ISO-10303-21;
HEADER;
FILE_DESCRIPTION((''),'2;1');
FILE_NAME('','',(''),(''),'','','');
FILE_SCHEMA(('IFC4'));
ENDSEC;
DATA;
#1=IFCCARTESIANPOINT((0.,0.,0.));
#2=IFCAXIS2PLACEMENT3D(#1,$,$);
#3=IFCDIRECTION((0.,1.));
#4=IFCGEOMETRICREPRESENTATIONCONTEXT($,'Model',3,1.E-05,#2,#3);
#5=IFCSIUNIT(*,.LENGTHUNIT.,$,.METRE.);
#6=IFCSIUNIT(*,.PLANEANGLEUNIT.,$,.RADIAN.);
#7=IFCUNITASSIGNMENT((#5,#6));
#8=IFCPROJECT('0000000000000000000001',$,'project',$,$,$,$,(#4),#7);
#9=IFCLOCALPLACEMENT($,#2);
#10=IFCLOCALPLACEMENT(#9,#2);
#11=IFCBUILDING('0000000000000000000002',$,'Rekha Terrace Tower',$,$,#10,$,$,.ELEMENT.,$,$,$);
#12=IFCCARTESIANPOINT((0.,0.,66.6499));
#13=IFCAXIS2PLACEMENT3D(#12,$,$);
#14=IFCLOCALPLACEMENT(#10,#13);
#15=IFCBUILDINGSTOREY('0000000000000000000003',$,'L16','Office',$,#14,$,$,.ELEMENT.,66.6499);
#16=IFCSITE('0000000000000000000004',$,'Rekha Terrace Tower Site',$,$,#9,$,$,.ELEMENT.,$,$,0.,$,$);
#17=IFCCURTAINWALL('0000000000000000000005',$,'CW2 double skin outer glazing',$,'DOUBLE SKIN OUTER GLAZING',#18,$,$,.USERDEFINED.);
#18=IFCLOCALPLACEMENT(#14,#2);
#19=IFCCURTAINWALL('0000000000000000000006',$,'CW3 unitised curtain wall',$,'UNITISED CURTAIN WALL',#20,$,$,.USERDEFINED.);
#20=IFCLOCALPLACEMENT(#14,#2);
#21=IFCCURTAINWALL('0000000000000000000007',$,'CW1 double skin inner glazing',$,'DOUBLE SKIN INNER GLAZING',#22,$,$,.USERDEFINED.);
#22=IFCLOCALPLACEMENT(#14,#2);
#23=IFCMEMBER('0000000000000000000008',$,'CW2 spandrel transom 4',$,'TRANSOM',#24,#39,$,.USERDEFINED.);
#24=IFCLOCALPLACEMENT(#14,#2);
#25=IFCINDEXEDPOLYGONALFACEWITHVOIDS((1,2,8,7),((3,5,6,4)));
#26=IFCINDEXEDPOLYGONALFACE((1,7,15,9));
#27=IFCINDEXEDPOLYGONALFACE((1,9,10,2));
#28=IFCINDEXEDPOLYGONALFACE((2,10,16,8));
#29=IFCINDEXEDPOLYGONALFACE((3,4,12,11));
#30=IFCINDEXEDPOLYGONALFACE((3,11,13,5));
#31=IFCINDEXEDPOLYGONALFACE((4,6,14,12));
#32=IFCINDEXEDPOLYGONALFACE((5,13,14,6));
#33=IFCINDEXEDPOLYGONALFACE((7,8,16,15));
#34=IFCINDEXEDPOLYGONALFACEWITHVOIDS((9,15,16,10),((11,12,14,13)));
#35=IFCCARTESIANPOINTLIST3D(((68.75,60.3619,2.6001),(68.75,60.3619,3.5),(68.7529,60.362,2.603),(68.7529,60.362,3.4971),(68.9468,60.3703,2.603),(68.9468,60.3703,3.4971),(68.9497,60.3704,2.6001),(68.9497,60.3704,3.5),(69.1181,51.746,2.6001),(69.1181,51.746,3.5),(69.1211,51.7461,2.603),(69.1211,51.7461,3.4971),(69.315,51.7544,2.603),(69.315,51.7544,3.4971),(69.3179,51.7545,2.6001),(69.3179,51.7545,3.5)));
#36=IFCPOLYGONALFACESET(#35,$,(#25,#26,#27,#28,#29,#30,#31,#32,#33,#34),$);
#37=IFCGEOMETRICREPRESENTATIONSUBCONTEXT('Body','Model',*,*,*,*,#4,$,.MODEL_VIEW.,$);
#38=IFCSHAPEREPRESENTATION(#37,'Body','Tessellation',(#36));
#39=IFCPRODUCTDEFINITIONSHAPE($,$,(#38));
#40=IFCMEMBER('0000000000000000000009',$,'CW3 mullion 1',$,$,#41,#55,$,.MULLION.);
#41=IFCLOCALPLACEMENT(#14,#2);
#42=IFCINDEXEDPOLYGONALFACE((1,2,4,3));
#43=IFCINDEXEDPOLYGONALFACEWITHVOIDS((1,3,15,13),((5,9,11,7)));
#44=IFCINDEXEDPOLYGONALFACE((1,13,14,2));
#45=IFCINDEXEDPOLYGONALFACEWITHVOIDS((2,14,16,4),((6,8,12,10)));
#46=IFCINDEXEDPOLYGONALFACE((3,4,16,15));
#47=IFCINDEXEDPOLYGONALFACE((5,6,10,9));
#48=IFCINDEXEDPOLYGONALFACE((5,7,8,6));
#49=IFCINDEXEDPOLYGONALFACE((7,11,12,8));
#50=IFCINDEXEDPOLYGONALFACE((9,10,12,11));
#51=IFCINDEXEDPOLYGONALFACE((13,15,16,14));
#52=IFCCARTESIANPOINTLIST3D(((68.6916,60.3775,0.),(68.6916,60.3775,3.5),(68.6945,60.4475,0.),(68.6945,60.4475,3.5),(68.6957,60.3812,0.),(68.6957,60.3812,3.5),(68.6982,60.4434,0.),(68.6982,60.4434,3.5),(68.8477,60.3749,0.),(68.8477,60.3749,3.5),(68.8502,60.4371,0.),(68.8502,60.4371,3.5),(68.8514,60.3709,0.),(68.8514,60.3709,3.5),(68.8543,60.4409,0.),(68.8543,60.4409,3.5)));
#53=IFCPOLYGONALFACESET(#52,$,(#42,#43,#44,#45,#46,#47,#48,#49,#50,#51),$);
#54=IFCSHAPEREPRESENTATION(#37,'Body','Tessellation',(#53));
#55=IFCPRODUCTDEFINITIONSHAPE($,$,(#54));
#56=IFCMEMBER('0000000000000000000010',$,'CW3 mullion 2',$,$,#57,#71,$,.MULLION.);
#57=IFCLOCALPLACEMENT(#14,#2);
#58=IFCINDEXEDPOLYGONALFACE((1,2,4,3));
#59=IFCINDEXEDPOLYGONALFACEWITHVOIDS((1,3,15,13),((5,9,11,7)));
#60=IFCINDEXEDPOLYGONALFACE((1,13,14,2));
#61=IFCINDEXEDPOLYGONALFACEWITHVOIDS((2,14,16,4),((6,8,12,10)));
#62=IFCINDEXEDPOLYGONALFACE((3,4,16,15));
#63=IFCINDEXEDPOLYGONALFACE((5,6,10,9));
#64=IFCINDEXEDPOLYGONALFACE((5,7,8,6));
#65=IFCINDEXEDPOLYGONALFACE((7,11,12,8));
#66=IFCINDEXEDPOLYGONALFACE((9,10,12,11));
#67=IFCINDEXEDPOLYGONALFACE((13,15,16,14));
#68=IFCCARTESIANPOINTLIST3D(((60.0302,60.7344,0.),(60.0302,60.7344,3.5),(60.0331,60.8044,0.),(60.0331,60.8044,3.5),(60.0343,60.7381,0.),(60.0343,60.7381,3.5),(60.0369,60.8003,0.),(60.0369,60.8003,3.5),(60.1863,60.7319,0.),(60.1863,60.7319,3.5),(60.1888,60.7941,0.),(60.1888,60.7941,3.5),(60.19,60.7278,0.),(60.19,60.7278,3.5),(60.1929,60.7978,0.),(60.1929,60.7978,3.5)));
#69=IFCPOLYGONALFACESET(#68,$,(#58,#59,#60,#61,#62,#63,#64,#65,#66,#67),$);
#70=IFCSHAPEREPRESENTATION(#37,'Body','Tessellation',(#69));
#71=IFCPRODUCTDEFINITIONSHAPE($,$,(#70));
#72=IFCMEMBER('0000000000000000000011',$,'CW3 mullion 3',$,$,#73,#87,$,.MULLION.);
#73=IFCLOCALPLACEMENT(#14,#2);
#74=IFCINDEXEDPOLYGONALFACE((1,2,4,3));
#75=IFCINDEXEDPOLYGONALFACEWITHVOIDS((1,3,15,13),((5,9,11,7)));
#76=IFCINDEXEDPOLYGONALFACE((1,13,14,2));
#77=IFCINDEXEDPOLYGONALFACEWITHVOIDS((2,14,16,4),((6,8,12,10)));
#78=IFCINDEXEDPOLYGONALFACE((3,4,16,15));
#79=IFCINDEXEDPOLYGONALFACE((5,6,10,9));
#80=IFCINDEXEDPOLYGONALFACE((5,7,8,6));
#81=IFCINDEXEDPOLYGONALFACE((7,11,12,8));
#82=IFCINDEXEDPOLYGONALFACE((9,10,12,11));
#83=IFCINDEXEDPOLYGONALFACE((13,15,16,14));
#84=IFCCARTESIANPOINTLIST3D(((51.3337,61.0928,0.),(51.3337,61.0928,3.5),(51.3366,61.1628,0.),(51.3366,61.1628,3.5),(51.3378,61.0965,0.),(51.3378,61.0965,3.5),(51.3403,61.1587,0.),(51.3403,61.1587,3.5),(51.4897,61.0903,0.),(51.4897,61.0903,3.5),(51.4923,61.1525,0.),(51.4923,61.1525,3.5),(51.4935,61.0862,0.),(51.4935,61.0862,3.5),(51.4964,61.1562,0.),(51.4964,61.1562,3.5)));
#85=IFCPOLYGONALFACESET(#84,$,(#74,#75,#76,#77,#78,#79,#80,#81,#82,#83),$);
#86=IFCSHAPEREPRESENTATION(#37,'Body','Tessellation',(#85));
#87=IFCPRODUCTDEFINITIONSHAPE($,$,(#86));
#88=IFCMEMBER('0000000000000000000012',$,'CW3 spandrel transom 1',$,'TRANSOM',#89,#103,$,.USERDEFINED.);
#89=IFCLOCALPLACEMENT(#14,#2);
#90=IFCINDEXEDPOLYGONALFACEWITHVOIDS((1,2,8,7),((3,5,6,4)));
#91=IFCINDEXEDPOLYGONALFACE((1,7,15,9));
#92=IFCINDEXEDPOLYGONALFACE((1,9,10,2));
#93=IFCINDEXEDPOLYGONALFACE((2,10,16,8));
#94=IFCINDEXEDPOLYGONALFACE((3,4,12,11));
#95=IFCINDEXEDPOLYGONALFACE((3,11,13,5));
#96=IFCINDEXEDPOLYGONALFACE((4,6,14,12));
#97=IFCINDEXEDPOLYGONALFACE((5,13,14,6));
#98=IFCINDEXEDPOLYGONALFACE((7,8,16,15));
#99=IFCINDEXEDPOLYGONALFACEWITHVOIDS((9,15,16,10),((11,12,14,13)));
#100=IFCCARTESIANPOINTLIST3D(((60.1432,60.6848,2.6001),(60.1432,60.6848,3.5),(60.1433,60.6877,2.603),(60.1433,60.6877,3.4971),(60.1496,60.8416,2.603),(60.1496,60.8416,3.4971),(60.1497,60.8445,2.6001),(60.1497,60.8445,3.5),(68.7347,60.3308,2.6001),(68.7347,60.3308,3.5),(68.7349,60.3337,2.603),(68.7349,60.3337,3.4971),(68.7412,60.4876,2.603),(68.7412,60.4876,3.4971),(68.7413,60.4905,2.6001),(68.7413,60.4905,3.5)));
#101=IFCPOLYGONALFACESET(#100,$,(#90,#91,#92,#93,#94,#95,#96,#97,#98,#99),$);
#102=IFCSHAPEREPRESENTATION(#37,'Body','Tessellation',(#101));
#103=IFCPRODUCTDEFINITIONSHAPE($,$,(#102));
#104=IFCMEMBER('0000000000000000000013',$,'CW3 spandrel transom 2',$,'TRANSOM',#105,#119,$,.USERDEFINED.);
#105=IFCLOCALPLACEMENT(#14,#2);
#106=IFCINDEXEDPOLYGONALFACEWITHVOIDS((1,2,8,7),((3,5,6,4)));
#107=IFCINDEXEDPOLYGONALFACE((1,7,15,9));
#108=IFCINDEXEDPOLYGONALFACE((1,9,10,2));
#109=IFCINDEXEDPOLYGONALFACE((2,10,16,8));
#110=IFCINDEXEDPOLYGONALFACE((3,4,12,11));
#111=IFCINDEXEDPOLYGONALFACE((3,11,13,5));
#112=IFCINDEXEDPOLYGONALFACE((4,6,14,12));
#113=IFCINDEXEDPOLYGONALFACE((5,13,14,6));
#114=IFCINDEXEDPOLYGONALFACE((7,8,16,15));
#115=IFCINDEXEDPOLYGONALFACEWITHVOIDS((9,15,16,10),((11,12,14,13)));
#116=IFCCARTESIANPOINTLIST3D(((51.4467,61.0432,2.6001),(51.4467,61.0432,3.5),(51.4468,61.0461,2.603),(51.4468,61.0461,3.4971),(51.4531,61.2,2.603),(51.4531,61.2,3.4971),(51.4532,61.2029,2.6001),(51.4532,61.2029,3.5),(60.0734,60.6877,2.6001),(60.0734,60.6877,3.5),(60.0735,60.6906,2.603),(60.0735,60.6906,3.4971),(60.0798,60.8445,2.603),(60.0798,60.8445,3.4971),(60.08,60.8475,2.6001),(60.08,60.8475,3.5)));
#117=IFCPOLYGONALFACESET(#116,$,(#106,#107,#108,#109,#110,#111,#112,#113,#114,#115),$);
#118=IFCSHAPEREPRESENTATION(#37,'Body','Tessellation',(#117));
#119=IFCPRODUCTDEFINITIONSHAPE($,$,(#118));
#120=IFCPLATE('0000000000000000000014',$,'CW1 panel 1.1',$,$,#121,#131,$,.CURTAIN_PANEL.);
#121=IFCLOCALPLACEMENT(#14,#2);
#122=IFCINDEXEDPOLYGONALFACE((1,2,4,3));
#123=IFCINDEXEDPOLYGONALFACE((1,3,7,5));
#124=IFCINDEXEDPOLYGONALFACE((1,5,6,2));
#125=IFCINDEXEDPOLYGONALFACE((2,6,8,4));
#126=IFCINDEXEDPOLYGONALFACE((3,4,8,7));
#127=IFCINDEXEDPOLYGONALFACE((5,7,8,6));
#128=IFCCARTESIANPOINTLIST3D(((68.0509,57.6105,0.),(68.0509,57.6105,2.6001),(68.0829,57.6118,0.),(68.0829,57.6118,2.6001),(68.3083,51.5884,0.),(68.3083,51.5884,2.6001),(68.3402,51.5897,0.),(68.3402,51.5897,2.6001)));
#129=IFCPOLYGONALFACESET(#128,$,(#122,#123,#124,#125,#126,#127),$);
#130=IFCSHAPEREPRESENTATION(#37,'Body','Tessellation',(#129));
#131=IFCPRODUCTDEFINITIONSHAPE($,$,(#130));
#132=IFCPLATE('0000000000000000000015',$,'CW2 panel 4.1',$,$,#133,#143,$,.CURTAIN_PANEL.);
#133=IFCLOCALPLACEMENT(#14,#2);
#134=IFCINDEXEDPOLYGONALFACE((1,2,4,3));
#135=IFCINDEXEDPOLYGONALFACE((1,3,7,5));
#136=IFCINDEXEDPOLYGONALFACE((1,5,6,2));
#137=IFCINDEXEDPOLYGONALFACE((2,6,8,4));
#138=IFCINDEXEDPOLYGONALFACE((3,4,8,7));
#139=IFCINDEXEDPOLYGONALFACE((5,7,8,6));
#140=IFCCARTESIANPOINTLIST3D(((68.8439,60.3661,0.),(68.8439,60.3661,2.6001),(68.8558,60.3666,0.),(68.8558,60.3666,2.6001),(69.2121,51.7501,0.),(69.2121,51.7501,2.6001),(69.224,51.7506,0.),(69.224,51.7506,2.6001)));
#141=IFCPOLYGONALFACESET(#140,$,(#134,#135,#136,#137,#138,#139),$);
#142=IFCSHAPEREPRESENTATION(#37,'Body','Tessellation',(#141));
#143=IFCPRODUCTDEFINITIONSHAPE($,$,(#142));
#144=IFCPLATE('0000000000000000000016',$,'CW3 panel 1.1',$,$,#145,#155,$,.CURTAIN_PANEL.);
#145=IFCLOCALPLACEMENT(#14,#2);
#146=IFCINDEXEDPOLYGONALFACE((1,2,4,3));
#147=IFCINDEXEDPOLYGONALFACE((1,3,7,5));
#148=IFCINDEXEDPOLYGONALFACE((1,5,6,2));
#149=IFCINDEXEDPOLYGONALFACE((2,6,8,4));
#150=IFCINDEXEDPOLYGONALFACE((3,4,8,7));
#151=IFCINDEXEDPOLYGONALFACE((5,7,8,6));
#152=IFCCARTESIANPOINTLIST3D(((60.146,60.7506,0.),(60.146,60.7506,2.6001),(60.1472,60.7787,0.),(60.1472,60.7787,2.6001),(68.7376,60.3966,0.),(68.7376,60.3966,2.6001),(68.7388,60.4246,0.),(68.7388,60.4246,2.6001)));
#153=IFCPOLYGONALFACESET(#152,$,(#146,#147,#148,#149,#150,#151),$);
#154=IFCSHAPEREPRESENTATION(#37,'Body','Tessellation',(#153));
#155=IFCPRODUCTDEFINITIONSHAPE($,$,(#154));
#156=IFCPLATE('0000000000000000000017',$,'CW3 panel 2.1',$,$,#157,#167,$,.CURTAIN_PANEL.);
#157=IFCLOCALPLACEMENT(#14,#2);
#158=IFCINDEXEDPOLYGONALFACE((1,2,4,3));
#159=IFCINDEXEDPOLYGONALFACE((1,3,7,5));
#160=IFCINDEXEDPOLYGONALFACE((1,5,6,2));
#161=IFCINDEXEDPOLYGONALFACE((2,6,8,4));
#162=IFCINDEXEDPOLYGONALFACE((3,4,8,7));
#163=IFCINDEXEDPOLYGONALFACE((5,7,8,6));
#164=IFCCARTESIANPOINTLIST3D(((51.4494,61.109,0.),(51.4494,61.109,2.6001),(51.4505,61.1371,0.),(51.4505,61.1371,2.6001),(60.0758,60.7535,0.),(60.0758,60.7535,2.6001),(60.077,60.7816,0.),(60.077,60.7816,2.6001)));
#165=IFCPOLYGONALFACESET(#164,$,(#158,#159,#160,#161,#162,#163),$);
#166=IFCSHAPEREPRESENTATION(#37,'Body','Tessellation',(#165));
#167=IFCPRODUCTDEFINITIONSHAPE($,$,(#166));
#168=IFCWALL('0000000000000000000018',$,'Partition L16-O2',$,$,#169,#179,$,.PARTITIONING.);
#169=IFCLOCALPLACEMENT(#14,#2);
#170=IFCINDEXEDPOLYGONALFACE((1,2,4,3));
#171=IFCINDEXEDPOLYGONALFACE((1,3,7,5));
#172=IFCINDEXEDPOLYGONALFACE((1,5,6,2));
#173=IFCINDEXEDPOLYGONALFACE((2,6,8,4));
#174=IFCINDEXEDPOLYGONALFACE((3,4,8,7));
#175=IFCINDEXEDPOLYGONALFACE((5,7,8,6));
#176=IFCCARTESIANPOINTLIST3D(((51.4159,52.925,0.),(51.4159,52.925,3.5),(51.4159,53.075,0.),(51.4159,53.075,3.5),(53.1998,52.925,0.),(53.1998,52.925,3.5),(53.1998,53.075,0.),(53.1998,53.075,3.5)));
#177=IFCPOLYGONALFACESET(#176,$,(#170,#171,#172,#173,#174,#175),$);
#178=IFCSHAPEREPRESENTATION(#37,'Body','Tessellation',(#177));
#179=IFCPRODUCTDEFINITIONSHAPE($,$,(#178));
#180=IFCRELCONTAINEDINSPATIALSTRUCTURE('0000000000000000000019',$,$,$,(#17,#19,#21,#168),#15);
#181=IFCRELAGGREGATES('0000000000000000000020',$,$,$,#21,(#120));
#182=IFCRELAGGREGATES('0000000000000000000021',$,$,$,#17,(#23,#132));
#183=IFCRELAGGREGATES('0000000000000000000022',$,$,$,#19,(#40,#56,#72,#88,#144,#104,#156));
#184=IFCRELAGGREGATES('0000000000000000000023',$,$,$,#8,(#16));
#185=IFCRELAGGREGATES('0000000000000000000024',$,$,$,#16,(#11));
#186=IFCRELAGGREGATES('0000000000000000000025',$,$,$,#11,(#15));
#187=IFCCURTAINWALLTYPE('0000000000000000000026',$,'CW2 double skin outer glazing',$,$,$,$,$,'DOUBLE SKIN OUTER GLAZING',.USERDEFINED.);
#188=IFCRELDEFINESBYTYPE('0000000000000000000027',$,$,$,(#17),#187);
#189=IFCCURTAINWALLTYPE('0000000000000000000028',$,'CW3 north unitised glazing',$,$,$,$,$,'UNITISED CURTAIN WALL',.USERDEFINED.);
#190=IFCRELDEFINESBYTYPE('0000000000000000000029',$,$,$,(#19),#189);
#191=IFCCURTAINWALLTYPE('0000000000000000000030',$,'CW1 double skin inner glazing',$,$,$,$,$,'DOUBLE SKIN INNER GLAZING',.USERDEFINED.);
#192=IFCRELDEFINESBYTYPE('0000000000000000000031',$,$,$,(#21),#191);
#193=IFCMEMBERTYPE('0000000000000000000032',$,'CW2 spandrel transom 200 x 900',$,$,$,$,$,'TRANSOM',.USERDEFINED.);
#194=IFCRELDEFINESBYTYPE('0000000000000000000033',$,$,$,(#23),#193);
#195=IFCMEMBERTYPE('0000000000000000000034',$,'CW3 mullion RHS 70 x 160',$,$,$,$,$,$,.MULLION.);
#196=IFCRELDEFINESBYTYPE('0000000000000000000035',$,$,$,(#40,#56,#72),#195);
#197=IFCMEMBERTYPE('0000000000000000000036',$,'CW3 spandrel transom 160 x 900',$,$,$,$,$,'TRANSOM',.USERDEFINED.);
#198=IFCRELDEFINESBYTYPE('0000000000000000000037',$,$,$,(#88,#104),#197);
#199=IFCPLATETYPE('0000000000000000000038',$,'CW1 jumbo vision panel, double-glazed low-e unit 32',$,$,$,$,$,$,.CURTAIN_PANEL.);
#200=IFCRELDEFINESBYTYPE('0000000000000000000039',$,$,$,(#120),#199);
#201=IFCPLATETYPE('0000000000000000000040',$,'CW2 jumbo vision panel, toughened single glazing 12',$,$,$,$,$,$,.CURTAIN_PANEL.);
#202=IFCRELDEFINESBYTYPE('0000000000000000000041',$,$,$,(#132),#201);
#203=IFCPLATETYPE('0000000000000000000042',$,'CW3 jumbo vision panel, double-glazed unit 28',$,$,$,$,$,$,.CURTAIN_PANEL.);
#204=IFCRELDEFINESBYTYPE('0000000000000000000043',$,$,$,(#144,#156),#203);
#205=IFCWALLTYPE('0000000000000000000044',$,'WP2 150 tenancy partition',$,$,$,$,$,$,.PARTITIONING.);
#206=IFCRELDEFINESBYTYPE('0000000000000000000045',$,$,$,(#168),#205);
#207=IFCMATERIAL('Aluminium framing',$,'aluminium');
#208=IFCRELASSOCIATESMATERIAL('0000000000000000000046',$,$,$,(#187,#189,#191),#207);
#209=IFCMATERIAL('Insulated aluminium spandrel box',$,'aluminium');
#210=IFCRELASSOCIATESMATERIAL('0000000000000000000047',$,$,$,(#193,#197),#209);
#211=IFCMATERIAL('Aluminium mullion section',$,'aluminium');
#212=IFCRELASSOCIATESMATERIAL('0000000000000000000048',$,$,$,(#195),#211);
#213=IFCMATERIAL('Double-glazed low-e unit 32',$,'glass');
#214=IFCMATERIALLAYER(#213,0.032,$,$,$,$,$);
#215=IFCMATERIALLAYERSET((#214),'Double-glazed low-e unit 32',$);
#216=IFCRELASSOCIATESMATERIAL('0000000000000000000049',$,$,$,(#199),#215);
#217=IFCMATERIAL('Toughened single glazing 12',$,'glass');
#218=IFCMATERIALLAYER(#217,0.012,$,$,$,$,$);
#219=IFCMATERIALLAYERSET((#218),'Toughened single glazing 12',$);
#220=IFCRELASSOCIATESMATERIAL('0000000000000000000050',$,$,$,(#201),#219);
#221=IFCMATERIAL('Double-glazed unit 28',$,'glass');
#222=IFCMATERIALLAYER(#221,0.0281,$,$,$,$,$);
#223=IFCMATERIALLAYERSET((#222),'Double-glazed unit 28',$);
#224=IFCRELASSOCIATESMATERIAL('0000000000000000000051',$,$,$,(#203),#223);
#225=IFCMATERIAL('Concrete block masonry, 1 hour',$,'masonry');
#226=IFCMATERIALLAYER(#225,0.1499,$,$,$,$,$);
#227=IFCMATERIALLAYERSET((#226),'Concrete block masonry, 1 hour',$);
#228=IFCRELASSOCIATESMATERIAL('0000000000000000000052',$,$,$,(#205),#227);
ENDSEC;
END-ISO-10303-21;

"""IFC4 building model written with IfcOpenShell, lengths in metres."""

from ifc_helpers import new_model, si_unit, direction, frame, frame_2d, origin, origin_2d, place, context, subcontext, project, spatial, rectangle, hollow_rectangle, extrude, material, layer, layer_set, material_profile, profile_set, type_object, element, aggregate, save


model = new_model("IFC4")

# Units and contexts
model_context = context("Model", 3, precision=1e-05, world=origin(), true_north=direction((0.0, 1.0)))
body_context = subcontext(model_context, "Body", "Model", "MODEL_VIEW")
ifc_project = project(units=[si_unit("LENGTHUNIT", "METRE"), si_unit("PLANEANGLEUNIT", "RADIAN")], contexts=[model_context])

# Site, building, storey
site_placement = place(None, origin())
site = spatial("IfcSite", under=ifc_project, at=site_placement, Name="Rekha Terrace Tower Site", CompositionType="ELEMENT", RefElevation=0.0)
building_placement = place(site_placement, origin())
building = spatial("IfcBuilding", under=site, at=building_placement, Name="Rekha Terrace Tower", CompositionType="ELEMENT")
storey_placement = place(building_placement, frame((0.0, 0.0, 66.6499)))
storey = spatial("IfcBuildingStorey", under=building, at=storey_placement, Name="L16", Description="Office", CompositionType="ELEMENT", Elevation=66.6499)

# Curtain wall
ifc_material_1 = material(Name="Aluminium framing", Category="aluminium")
curtain_wall_type_1 = type_object("IfcCurtainWallType", Name="CW2 double skin outer glazing", ElementType="DOUBLE SKIN OUTER GLAZING", PredefinedType="USERDEFINED", material=ifc_material_1)
curtain_wall_1_placement = place(storey_placement, origin())
curtain_wall_1 = element("IfcCurtainWall", 1, at=curtain_wall_1_placement, inside=storey, type_object=curtain_wall_type_1, Name="CW2 double skin outer glazing", ObjectType="DOUBLE SKIN OUTER GLAZING", PredefinedType="USERDEFINED")

# Curtain walls
curtain_wall_type_2 = type_object("IfcCurtainWallType", Name="CW3 north unitised glazing", ElementType="UNITISED CURTAIN WALL", PredefinedType="USERDEFINED", material=ifc_material_1)
curtain_wall_2_placement = place(storey_placement, origin())
curtain_wall_2 = element("IfcCurtainWall", 2, at=curtain_wall_2_placement, inside=storey, type_object=curtain_wall_type_2, Name="CW3 unitised curtain wall", ObjectType="UNITISED CURTAIN WALL", PredefinedType="USERDEFINED")
curtain_wall_type_3 = type_object("IfcCurtainWallType", Name="CW1 double skin inner glazing", ElementType="DOUBLE SKIN INNER GLAZING", PredefinedType="USERDEFINED", material=ifc_material_1)
curtain_wall_3_placement = place(storey_placement, origin())
curtain_wall_3 = element("IfcCurtainWall", 3, at=curtain_wall_3_placement, inside=storey, type_object=curtain_wall_type_3, Name="CW1 double skin inner glazing", ObjectType="DOUBLE SKIN INNER GLAZING", PredefinedType="USERDEFINED")
ifc_material_2 = material(Name="Aluminium mullion section", Category="aluminium")
ifc_material_3 = material(Name="Insulated aluminium spandrel box", Category="aluminium")

# Members
ifc_material_profile_1 = material_profile(ifc_material_3, hollow_rectangle(XDim=0.2, YDim=0.8999, WallThickness=0.0029, at=origin_2d()), Name="AL SPANDREL BOX 200x900")
ifc_profile_set_1 = profile_set([ifc_material_profile_1], Name="Insulated aluminium spandrel box")
member_type_1 = type_object("IfcMemberType", Name="CW2 spandrel transom 200 x 900", ElementType="TRANSOM", PredefinedType="USERDEFINED", material=ifc_profile_set_1)
member_1_placement = place(storey_placement, frame((69.218, 51.7502, 3.05), z_axis=(-0.042691, 0.999088, 0.0), x_axis=(-0.999088, -0.042691, 0.0)))
member_1 = element("IfcMember", 4, at=member_1_placement, type_object=member_type_1, Name="CW2 spandrel transom 4", ObjectType="TRANSOM", PredefinedType="USERDEFINED", context=body_context, shape_type="SweptSolid", body=[
    extrude(hollow_rectangle(XDim=0.2, YDim=0.8999, WallThickness=0.0029, at=origin_2d()), origin(), (0.0, 0.0, 1.0), 8.6238),
])
ifc_material_profile_2 = material_profile(ifc_material_2, hollow_rectangle(XDim=0.0701, YDim=0.1599, WallThickness=0.0039, at=origin_2d()), Name="AL RHS 70x160")
ifc_profile_set_2 = profile_set([ifc_material_profile_2], Name="Aluminium mullion section")
member_type_2 = type_object("IfcMemberType", Name="CW3 mullion RHS 70 x 160", PredefinedType="MULLION", material=ifc_profile_set_2)
member_2_placement = place(storey_placement, frame((68.7729, 60.4092, 0.0), z_axis=(0.0, 0.0, 1.0), x_axis=(-0.041174, -0.999152, 0.0)))
member_2 = element("IfcMember", 5, at=member_2_placement, type_object=member_type_2, Name="CW3 mullion 1", PredefinedType="MULLION", context=body_context, shape_type="SweptSolid", body=[
    extrude(hollow_rectangle(XDim=0.0701, YDim=0.1599, WallThickness=0.0039, at=origin_2d()), origin(), (0.0, 0.0, 1.0), 3.5),
])
member_3_placement = place(storey_placement, frame((60.1116, 60.7661, 0.0), z_axis=(0.0, 0.0, 1.0), x_axis=(-0.041174, -0.999152, 0.0)))
member_3 = element("IfcMember", 6, at=member_3_placement, type_object=member_type_2, Name="CW3 mullion 2", PredefinedType="MULLION", context=body_context, shape_type="SweptSolid", body=[
    extrude(hollow_rectangle(XDim=0.0701, YDim=0.1599, WallThickness=0.0039, at=origin_2d()), origin(), (0.0, 0.0, 1.0), 3.5),
])
member_4_placement = place(storey_placement, frame((51.415, 61.1245, 0.0), z_axis=(0.0, 0.0, 1.0), x_axis=(-0.041174, -0.999152, 0.0)))
member_4 = element("IfcMember", 7, at=member_4_placement, type_object=member_type_2, Name="CW3 mullion 3", PredefinedType="MULLION", context=body_context, shape_type="SweptSolid", body=[
    extrude(hollow_rectangle(XDim=0.0701, YDim=0.1599, WallThickness=0.0039, at=origin_2d()), origin(), (0.0, 0.0, 1.0), 3.5),
])
ifc_material_profile_3 = material_profile(ifc_material_3, hollow_rectangle(XDim=0.1599, YDim=0.8999, WallThickness=0.0029, at=origin_2d()), Name="AL SPANDREL BOX 160x900")
ifc_profile_set_3 = profile_set([ifc_material_profile_3], Name="Insulated aluminium spandrel box")
member_type_3 = type_object("IfcMemberType", Name="CW3 spandrel transom 160 x 900", ElementType="TRANSOM", PredefinedType="USERDEFINED", material=ifc_profile_set_3)
member_5_placement = place(storey_placement, frame((68.738, 60.4106, 3.05), z_axis=(-0.999152, 0.041169, 0.0), x_axis=(-0.041169, -0.999152, 0.0)))
member_5 = element("IfcMember", 8, at=member_5_placement, type_object=member_type_3, Name="CW3 spandrel transom 1", ObjectType="TRANSOM", PredefinedType="USERDEFINED", context=body_context, shape_type="SweptSolid", body=[
    extrude(hollow_rectangle(XDim=0.1599, YDim=0.8999, WallThickness=0.0029, at=origin_2d()), origin(), (0.0, 0.0, 1.0), 8.5989),
])
member_6_placement = place(storey_placement, frame((60.0767, 60.7676, 3.05), z_axis=(-0.999152, 0.041171, 0.0), x_axis=(-0.041171, -0.999152, 0.0)))
member_6 = element("IfcMember", 9, at=member_6_placement, type_object=member_type_3, Name="CW3 spandrel transom 2", ObjectType="TRANSOM", PredefinedType="USERDEFINED", context=body_context, shape_type="SweptSolid", body=[
    extrude(hollow_rectangle(XDim=0.1599, YDim=0.8999, WallThickness=0.0029, at=origin_2d()), origin(), (0.0, 0.0, 1.0), 8.634),
])

# Plates
ifc_material_4 = material(Name="Double-glazed low-e unit 32", Category="glass")
ifc_layer_1 = layer(ifc_material_4, 0.032)
ifc_layer_set_1 = layer_set([ifc_layer_1], Name="Double-glazed low-e unit 32")
plate_type_1 = type_object("IfcPlateType", Name="CW1 jumbo vision panel, double-glazed low-e unit 32", PredefinedType="CURTAIN_PANEL", material=ifc_layer_set_1)
plate_1_placement = place(storey_placement, frame((68.1956, 54.6001, 0.0), z_axis=(0.0, 0.0, 1.0), x_axis=(-0.042696, 0.999088, 0.0)))
plate_1 = element("IfcPlate", 10, at=plate_1_placement, type_object=plate_type_1, Name="CW1 panel 1.1", PredefinedType="CURTAIN_PANEL", context=body_context, shape_type="SweptSolid", body=[
    extrude(rectangle(XDim=6.0276, YDim=0.032, at=origin_2d()), origin(), (0.0, 0.0, 1.0), 2.6001),
])
aggregate(curtain_wall_3, [plate_1])
ifc_material_5 = material(Name="Toughened single glazing 12", Category="glass")
ifc_layer_2 = layer(ifc_material_5, 0.012)
ifc_layer_set_2 = layer_set([ifc_layer_2], Name="Toughened single glazing 12")
plate_type_2 = type_object("IfcPlateType", Name="CW2 jumbo vision panel, toughened single glazing 12", PredefinedType="CURTAIN_PANEL", material=ifc_layer_set_2)
plate_2_placement = place(storey_placement, frame((69.0339, 56.0583, 0.0), z_axis=(0.0, 0.0, 1.0), x_axis=(-0.042696, 0.999088, 0.0)))
plate_2 = element("IfcPlate", 11, at=plate_2_placement, type_object=plate_type_2, Name="CW2 panel 4.1", PredefinedType="CURTAIN_PANEL", context=body_context, shape_type="SweptSolid", body=[
    extrude(rectangle(XDim=8.6238, YDim=0.012, at=origin_2d()), origin(), (0.0, 0.0, 1.0), 2.6001),
])
aggregate(curtain_wall_1, [member_1, plate_2])
ifc_material_6 = material(Name="Double-glazed unit 28", Category="glass")
ifc_layer_3 = layer(ifc_material_6, 0.0281)
ifc_layer_set_3 = layer_set([ifc_layer_3], Name="Double-glazed unit 28")
plate_type_3 = type_object("IfcPlateType", Name="CW3 jumbo vision panel, double-glazed unit 28", PredefinedType="CURTAIN_PANEL", material=ifc_layer_set_3)
plate_3_placement = place(storey_placement, frame((64.4424, 60.5876, 0.0), z_axis=(0.0, 0.0, 1.0), x_axis=(-0.999152, 0.041174, 0.0)))
plate_3 = element("IfcPlate", 12, at=plate_3_placement, type_object=plate_type_3, Name="CW3 panel 1.1", PredefinedType="CURTAIN_PANEL", context=body_context, shape_type="SweptSolid", body=[
    extrude(rectangle(XDim=8.5989, YDim=0.0281, at=origin_2d()), origin(), (0.0, 0.0, 1.0), 2.6001),
])
plate_4_placement = place(storey_placement, frame((55.7632, 60.9453, 0.0), z_axis=(0.0, 0.0, 1.0), x_axis=(-0.999152, 0.041174, 0.0)))
plate_4 = element("IfcPlate", 13, at=plate_4_placement, type_object=plate_type_3, Name="CW3 panel 2.1", PredefinedType="CURTAIN_PANEL", context=body_context, shape_type="SweptSolid", body=[
    extrude(rectangle(XDim=8.6338, YDim=0.0281, at=origin_2d()), origin(), (0.0, 0.0, 1.0), 2.6001),
])
aggregate(curtain_wall_2, [member_2, member_3, member_4, member_5, plate_3, member_6, plate_4])

# Wall
ifc_material_7 = material(Name="Concrete block masonry, 1 hour", Category="masonry")
ifc_layer_4 = layer(ifc_material_7, 0.1499)
ifc_layer_set_4 = layer_set([ifc_layer_4], Name="Concrete block masonry, 1 hour")
wall_type_1 = type_object("IfcWallType", Name="WP2 150 tenancy partition", PredefinedType="PARTITIONING", material=ifc_layer_set_4)
wall_1_placement = place(storey_placement, frame((53.2, 53.0, 0.0), z_axis=(0.0, 0.0, 1.0), x_axis=(-1.0, 0.0, 0.0)))
element("IfcWall", 14, at=wall_1_placement, inside=storey, type_object=wall_type_1, Name="Partition L16-O2", PredefinedType="PARTITIONING", context=body_context, shape_type="SweptSolid", body=[
    extrude(rectangle(XDim=1.7839, YDim=0.1499, at=frame_2d((0.8921, 0.0))), origin(), (0.0, 0.0, 1.0), 3.5),
])

save(model, "model.ifc")
